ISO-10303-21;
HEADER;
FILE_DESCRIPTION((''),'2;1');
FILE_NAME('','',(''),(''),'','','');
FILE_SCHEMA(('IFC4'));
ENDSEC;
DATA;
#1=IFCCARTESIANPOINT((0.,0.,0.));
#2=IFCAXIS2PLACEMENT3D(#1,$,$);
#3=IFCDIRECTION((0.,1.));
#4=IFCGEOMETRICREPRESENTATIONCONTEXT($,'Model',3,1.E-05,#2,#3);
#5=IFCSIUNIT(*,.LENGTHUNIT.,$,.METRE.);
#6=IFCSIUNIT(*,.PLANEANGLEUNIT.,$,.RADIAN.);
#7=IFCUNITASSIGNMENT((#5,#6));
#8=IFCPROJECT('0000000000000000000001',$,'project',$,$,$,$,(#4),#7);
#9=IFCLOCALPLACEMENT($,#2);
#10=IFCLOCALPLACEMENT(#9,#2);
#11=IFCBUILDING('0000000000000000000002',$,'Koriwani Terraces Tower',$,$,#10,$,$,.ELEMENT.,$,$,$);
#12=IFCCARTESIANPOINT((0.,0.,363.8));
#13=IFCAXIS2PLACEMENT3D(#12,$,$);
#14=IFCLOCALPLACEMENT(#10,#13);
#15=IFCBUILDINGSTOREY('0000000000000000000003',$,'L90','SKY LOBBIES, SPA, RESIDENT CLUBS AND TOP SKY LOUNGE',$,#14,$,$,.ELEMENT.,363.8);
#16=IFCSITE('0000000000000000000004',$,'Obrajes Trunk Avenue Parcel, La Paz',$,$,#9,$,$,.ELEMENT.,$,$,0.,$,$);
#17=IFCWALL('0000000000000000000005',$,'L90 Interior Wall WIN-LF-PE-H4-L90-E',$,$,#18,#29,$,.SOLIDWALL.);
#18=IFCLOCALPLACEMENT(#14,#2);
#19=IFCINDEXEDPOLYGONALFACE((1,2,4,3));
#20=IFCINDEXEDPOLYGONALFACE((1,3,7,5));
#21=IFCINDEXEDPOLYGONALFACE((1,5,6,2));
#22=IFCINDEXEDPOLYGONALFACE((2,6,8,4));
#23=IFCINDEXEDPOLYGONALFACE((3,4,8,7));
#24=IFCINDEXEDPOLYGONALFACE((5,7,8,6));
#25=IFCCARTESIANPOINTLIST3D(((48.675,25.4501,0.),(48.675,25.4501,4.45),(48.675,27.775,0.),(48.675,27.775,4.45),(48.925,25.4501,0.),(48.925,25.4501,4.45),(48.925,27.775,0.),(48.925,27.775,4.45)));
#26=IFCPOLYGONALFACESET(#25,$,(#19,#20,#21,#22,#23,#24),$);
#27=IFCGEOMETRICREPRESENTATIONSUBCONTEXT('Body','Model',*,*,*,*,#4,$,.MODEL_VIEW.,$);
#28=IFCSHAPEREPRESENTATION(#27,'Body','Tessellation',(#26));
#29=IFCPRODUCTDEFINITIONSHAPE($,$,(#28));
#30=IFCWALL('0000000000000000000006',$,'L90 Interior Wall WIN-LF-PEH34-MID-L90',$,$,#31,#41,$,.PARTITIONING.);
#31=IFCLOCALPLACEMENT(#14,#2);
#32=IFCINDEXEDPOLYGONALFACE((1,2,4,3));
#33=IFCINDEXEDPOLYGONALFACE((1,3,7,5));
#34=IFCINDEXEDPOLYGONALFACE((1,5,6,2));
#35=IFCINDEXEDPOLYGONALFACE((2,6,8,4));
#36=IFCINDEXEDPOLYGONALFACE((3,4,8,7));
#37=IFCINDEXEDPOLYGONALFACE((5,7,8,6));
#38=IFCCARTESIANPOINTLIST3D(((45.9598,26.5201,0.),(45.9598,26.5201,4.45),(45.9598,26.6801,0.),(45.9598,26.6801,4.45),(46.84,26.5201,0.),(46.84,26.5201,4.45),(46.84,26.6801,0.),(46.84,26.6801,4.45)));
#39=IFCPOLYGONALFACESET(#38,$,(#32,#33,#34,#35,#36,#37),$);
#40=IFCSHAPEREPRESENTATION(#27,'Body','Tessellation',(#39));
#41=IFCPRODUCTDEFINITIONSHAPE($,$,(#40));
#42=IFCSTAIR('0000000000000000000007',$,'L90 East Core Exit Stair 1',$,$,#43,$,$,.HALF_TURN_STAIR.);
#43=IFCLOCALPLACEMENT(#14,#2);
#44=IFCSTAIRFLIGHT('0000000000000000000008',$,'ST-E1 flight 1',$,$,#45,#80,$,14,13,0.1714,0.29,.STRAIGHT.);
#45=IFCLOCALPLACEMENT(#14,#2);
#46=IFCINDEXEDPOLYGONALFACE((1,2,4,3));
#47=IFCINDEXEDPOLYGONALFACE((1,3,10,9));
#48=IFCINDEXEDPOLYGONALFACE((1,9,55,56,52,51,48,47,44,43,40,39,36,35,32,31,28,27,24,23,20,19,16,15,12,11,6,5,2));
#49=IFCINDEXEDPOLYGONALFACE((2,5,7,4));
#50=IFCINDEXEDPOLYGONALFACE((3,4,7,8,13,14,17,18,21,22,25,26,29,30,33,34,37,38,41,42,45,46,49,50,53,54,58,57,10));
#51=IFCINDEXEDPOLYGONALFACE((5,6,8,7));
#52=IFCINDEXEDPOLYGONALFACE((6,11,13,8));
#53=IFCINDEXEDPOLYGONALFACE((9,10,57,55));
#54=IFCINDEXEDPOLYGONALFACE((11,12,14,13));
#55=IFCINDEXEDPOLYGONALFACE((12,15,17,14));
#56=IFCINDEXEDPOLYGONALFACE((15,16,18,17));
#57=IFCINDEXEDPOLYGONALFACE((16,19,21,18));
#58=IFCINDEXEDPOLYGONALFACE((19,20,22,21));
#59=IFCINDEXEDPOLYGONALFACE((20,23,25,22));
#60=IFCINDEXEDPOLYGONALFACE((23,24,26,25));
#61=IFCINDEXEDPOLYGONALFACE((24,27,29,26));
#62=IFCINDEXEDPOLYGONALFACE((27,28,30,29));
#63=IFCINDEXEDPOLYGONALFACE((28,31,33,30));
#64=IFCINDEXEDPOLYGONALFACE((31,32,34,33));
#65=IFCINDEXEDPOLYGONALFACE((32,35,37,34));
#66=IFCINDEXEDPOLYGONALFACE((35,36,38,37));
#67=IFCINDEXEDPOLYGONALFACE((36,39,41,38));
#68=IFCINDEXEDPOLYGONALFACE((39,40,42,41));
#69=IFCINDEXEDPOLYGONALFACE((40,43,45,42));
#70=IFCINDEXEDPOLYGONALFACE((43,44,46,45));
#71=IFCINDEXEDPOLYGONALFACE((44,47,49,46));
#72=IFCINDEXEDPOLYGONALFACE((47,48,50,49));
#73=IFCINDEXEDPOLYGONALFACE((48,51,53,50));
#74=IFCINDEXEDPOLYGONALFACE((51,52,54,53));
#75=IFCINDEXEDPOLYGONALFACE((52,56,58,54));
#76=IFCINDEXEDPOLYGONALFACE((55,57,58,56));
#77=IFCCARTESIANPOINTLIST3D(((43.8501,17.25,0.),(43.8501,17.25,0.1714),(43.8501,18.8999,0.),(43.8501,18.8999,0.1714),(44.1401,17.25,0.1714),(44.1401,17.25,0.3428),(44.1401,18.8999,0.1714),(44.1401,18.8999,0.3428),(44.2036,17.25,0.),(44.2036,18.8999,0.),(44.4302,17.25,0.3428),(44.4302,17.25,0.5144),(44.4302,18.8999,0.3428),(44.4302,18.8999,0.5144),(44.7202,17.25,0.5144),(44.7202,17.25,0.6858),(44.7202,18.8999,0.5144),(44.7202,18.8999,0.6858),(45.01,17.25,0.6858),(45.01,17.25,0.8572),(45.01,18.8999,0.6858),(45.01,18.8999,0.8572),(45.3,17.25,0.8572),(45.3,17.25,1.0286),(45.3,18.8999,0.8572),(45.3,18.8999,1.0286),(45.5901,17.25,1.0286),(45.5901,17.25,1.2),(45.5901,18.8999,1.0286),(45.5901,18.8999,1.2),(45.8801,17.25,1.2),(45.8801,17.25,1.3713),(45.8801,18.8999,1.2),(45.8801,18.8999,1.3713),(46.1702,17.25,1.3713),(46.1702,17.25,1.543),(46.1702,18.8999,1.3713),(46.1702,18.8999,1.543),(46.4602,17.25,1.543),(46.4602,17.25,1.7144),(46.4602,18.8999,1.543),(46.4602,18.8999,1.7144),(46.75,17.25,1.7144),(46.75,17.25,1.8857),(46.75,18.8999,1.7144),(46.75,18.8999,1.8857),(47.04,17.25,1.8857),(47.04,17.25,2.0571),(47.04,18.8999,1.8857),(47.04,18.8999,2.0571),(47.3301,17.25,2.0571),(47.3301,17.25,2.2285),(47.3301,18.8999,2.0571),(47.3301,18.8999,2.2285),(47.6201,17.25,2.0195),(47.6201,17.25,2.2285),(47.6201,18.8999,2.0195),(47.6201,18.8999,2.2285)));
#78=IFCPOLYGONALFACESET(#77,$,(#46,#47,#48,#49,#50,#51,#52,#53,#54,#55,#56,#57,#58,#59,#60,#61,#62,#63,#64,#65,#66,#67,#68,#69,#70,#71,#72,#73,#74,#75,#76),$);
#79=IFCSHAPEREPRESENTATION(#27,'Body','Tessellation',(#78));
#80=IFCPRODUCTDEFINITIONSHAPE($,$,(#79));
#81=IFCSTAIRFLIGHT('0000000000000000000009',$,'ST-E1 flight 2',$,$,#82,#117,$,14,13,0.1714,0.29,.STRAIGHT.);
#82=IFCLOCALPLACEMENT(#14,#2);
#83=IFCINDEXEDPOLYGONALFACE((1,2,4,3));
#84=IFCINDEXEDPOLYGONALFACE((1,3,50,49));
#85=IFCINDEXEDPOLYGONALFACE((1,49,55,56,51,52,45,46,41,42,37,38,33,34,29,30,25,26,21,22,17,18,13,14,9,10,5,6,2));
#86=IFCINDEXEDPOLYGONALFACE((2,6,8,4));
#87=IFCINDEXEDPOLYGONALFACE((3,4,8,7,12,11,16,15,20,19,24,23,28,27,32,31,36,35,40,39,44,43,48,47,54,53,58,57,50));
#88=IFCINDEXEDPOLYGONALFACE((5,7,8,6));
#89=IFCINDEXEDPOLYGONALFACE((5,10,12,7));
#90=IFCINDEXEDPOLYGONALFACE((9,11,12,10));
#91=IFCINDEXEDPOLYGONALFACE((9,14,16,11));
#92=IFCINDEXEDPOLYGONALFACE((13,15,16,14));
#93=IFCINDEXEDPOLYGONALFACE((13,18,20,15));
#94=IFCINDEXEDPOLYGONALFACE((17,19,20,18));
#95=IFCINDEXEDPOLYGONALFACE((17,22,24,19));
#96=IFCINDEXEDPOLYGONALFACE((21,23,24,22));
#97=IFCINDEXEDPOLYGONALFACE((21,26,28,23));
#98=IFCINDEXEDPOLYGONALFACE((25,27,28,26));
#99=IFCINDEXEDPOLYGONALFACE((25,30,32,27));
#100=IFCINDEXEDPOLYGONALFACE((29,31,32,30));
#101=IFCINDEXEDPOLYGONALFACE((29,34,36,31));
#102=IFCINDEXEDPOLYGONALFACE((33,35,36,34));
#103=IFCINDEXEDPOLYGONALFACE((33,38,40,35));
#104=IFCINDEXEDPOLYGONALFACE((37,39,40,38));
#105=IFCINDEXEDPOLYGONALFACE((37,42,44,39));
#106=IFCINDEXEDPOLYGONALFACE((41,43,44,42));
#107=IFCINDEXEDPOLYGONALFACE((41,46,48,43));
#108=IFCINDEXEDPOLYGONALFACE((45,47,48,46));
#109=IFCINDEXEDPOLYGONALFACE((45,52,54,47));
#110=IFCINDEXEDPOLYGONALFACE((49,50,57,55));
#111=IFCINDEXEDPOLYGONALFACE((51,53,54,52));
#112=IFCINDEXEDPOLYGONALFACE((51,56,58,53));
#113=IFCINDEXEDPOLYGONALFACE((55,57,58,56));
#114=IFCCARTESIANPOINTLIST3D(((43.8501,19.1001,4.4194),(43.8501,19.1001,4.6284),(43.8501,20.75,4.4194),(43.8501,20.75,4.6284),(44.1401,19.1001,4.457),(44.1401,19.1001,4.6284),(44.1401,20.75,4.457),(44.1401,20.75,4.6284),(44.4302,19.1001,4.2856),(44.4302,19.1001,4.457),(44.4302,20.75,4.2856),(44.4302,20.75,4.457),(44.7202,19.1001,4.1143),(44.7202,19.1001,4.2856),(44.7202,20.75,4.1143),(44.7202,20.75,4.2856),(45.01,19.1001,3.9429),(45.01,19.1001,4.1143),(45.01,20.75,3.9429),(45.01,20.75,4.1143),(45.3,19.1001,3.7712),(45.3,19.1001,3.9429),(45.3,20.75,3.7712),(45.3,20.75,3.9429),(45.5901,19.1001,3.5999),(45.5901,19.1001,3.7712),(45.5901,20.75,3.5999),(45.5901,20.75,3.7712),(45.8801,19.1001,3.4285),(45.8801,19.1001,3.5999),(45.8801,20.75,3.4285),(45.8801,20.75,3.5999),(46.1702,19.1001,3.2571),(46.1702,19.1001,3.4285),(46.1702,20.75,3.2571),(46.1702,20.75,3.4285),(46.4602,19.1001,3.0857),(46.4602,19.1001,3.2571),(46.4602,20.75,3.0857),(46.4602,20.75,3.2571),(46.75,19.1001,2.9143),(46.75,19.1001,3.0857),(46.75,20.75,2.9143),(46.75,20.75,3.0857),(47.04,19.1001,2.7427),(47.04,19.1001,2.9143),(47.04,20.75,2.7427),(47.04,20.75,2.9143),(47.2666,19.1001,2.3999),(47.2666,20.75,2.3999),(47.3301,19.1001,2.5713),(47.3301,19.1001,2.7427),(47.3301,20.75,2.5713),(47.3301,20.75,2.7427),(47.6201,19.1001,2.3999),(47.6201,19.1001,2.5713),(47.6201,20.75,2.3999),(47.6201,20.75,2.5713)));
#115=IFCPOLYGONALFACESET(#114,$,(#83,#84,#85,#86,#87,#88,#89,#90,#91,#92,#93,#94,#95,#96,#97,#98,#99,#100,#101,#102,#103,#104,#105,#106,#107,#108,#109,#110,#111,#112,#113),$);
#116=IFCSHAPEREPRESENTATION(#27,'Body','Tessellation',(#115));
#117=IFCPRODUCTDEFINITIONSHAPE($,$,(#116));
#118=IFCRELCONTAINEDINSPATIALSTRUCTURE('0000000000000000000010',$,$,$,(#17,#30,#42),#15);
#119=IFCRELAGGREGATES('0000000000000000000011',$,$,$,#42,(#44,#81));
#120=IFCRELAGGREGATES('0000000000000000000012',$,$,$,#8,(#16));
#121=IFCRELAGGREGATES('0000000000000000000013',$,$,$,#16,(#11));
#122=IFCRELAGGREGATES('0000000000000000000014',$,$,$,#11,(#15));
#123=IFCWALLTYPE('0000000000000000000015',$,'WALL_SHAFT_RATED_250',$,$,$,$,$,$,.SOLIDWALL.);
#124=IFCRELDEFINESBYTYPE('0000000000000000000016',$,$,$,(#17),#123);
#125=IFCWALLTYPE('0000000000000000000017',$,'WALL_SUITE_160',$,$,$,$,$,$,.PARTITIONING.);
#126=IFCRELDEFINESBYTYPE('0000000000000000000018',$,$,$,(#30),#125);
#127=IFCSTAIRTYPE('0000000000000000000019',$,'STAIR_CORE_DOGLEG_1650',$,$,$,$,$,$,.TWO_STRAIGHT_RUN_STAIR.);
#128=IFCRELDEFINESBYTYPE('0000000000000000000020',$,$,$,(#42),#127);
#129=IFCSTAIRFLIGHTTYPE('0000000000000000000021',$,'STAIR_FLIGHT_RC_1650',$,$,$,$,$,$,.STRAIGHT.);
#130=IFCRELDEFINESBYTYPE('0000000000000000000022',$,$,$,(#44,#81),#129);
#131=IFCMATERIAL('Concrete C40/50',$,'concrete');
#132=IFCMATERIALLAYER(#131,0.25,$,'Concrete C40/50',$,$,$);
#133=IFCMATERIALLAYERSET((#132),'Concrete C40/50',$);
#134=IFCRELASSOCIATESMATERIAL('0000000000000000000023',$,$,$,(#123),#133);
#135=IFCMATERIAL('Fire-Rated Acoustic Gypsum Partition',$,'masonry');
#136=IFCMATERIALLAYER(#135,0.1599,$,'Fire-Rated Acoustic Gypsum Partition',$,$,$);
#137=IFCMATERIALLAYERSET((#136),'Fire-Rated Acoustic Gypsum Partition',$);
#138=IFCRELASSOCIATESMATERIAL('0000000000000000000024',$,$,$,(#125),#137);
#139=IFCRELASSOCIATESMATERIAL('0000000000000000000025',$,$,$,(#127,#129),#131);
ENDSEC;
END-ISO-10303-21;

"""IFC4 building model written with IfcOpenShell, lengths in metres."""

from ifc_helpers import new_model, si_unit, direction, frame, frame_2d, origin, place, context, subcontext, project, spatial, polyline, rectangle, outline, extrude, material, layer, layer_set, type_object, element, aggregate, save


model = new_model("IFC4")

# Units and contexts
model_context = context("Model", 3, precision=1e-05, world=origin(), true_north=direction((0.0, 1.0)))
body_context = subcontext(model_context, "Body", "Model", "MODEL_VIEW")
ifc_project = project(units=[si_unit("LENGTHUNIT", "METRE"), si_unit("PLANEANGLEUNIT", "RADIAN")], contexts=[model_context])

# Site, building, storey
site_placement = place(None, origin())
site = spatial("IfcSite", under=ifc_project, at=site_placement, Name="Obrajes Trunk Avenue Parcel, La Paz", CompositionType="ELEMENT", RefElevation=0.0)
building_placement = place(site_placement, origin())
building = spatial("IfcBuilding", under=site, at=building_placement, Name="Koriwani Terraces Tower", CompositionType="ELEMENT")
storey_placement = place(building_placement, frame((0.0, 0.0, 363.8)))
storey = spatial("IfcBuildingStorey", under=building, at=storey_placement, Name="L90", Description="SKY LOBBIES, SPA, RESIDENT CLUBS AND TOP SKY LOUNGE", CompositionType="ELEMENT", Elevation=363.8)

# Shared definitions
ifc_material_1 = material(Name="Concrete C40/50", Category="concrete")
ifc_layer_1 = layer(ifc_material_1, 0.25, Name="Concrete C40/50")
ifc_layer_set_1 = layer_set([ifc_layer_1], Name="Concrete C40/50")
wall_type_1 = type_object("IfcWallType", Name="WALL_SHAFT_RATED_250", PredefinedType="SOLIDWALL", material=ifc_layer_set_1)

# Walls
for number, where, z_axis, x_axis, name in (
    (1, (48.8, 25.45, 0.0), (0.0, 0.0, 1.0), (0.0, 1.0, 0.0), "L90 Interior Wall WIN-LF-PE-H4-L90-E"),
):
    element("IfcWall", number, at=place(storey_placement, frame(where, z_axis=z_axis, x_axis=x_axis)), inside=storey, type_object=wall_type_1, Name=name, PredefinedType="SOLIDWALL", context=body_context, shape_type="SweptSolid", body=[
        extrude(rectangle(XDim=2.325, YDim=0.25, at=frame_2d((1.1626, 0.0))), origin(), (0.0, 0.0, 1.0), 4.45),
    ])
ifc_material_2 = material(Name="Fire-Rated Acoustic Gypsum Partition", Category="masonry")
ifc_layer_2 = layer(ifc_material_2, 0.1599, Name="Fire-Rated Acoustic Gypsum Partition")
ifc_layer_set_2 = layer_set([ifc_layer_2], Name="Fire-Rated Acoustic Gypsum Partition")
wall_type_2 = type_object("IfcWallType", Name="WALL_SUITE_160", PredefinedType="PARTITIONING", material=ifc_layer_set_2)
wall_1_placement = place(storey_placement, frame((45.96, 26.6001, 0.0), z_axis=(0.0, 0.0, 1.0), x_axis=(1.0, 0.0, 0.0)))
element("IfcWall", 2, at=wall_1_placement, inside=storey, type_object=wall_type_2, Name="L90 Interior Wall WIN-LF-PEH34-MID-L90", PredefinedType="PARTITIONING", context=body_context, shape_type="SweptSolid", body=[
    extrude(rectangle(XDim=0.8801, YDim=0.1599, at=frame_2d((0.4399, 0.0))), origin(), (0.0, 0.0, 1.0), 4.45),
])

# Stair, stair flights
stair_type = type_object("IfcStairType", Name="STAIR_CORE_DOGLEG_1650", PredefinedType="TWO_STRAIGHT_RUN_STAIR", material=ifc_material_1)
stair_placement = place(storey_placement, origin())
stair = element("IfcStair", 3, at=stair_placement, inside=storey, type_object=stair_type, Name="L90 East Core Exit Stair 1", PredefinedType="HALF_TURN_STAIR")
stair_flight_type = type_object("IfcStairFlightType", Name="STAIR_FLIGHT_RC_1650", PredefinedType="STRAIGHT", material=ifc_material_1)
stair_flight_1_placement = place(storey_placement, frame((43.8501, 18.075, 0.0), z_axis=(0.0, 0.0, 1.0), x_axis=(1.0, 0.0, 0.0)))
stair_flight_1 = element("IfcStairFlight", 4, at=stair_flight_1_placement, type_object=stair_flight_type, Name="ST-E1 flight 1", NumberOfRisers=14, NumberOfTreads=13, PredefinedType="STRAIGHT", RiserHeight=0.1714, TreadLength=0.29, context=body_context, shape_type="SweptSolid", body=[
    extrude(outline(polyline([(0.0, 0.0), (0.0, 0.1714), (0.29, 0.1714), (0.29, 0.3428), (0.5801, 0.3428), (0.5801, 0.5144), (0.8701, 0.5144), (0.8701, 0.6858), (1.1599, 0.6858), (1.1599, 0.8572), (1.45, 0.8572), (1.45, 1.0286), (1.74, 1.0286), (1.74, 1.2), (2.03, 1.2), (2.03, 1.3713), (2.3201, 1.3713), (2.3201, 1.543), (2.6101, 1.543), (2.6101, 1.7144), (2.8999, 1.7144), (2.8999, 1.8857), (3.1899, 1.8857), (3.1899, 2.0571), (3.48, 2.0571), (3.48, 2.2285), (3.77, 2.2285), (3.77, 2.3999), (3.77, 2.0195), (0.3535, 0.0), (0.0, 0.0)])), frame((0.0, 0.825, 0.0), z_axis=(0.0, -1.0, 0.0), x_axis=(1.0, 0.0, 0.0)), (0.0, 0.0, 1.0), 1.6499),
])
stair_flight_2_placement = place(storey_placement, frame((47.6201, 19.925, 2.3999), z_axis=(0.0, 0.0, 1.0), x_axis=(-1.0, 0.0, 0.0)))
stair_flight_2 = element("IfcStairFlight", 5, at=stair_flight_2_placement, type_object=stair_flight_type, Name="ST-E1 flight 2", NumberOfRisers=14, NumberOfTreads=13, PredefinedType="STRAIGHT", RiserHeight=0.1714, TreadLength=0.29, context=body_context, shape_type="SweptSolid", body=[
    extrude(outline(polyline([(0.0, 0.0), (0.0, 0.1714), (0.29, 0.1714), (0.29, 0.3428), (0.5801, 0.3428), (0.5801, 0.5144), (0.8701, 0.5144), (0.8701, 0.6858), (1.1599, 0.6858), (1.1599, 0.8572), (1.45, 0.8572), (1.45, 1.0286), (1.74, 1.0286), (1.74, 1.2), (2.03, 1.2), (2.03, 1.3713), (2.3201, 1.3713), (2.3201, 1.543), (2.6101, 1.543), (2.6101, 1.7144), (2.8999, 1.7144), (2.8999, 1.8857), (3.1899, 1.8857), (3.1899, 2.0571), (3.48, 2.0571), (3.48, 2.2285), (3.77, 2.2285), (3.77, 2.3999), (3.77, 2.0195), (0.3535, 0.0), (0.0, 0.0)])), frame((0.0, 0.825, 0.0), z_axis=(0.0, -1.0, 0.0), x_axis=(1.0, 0.0, 0.0)), (0.0, 0.0, 1.0), 1.6499),
])
aggregate(stair, [stair_flight_1, stair_flight_2])

save(model, "model.ifc")
